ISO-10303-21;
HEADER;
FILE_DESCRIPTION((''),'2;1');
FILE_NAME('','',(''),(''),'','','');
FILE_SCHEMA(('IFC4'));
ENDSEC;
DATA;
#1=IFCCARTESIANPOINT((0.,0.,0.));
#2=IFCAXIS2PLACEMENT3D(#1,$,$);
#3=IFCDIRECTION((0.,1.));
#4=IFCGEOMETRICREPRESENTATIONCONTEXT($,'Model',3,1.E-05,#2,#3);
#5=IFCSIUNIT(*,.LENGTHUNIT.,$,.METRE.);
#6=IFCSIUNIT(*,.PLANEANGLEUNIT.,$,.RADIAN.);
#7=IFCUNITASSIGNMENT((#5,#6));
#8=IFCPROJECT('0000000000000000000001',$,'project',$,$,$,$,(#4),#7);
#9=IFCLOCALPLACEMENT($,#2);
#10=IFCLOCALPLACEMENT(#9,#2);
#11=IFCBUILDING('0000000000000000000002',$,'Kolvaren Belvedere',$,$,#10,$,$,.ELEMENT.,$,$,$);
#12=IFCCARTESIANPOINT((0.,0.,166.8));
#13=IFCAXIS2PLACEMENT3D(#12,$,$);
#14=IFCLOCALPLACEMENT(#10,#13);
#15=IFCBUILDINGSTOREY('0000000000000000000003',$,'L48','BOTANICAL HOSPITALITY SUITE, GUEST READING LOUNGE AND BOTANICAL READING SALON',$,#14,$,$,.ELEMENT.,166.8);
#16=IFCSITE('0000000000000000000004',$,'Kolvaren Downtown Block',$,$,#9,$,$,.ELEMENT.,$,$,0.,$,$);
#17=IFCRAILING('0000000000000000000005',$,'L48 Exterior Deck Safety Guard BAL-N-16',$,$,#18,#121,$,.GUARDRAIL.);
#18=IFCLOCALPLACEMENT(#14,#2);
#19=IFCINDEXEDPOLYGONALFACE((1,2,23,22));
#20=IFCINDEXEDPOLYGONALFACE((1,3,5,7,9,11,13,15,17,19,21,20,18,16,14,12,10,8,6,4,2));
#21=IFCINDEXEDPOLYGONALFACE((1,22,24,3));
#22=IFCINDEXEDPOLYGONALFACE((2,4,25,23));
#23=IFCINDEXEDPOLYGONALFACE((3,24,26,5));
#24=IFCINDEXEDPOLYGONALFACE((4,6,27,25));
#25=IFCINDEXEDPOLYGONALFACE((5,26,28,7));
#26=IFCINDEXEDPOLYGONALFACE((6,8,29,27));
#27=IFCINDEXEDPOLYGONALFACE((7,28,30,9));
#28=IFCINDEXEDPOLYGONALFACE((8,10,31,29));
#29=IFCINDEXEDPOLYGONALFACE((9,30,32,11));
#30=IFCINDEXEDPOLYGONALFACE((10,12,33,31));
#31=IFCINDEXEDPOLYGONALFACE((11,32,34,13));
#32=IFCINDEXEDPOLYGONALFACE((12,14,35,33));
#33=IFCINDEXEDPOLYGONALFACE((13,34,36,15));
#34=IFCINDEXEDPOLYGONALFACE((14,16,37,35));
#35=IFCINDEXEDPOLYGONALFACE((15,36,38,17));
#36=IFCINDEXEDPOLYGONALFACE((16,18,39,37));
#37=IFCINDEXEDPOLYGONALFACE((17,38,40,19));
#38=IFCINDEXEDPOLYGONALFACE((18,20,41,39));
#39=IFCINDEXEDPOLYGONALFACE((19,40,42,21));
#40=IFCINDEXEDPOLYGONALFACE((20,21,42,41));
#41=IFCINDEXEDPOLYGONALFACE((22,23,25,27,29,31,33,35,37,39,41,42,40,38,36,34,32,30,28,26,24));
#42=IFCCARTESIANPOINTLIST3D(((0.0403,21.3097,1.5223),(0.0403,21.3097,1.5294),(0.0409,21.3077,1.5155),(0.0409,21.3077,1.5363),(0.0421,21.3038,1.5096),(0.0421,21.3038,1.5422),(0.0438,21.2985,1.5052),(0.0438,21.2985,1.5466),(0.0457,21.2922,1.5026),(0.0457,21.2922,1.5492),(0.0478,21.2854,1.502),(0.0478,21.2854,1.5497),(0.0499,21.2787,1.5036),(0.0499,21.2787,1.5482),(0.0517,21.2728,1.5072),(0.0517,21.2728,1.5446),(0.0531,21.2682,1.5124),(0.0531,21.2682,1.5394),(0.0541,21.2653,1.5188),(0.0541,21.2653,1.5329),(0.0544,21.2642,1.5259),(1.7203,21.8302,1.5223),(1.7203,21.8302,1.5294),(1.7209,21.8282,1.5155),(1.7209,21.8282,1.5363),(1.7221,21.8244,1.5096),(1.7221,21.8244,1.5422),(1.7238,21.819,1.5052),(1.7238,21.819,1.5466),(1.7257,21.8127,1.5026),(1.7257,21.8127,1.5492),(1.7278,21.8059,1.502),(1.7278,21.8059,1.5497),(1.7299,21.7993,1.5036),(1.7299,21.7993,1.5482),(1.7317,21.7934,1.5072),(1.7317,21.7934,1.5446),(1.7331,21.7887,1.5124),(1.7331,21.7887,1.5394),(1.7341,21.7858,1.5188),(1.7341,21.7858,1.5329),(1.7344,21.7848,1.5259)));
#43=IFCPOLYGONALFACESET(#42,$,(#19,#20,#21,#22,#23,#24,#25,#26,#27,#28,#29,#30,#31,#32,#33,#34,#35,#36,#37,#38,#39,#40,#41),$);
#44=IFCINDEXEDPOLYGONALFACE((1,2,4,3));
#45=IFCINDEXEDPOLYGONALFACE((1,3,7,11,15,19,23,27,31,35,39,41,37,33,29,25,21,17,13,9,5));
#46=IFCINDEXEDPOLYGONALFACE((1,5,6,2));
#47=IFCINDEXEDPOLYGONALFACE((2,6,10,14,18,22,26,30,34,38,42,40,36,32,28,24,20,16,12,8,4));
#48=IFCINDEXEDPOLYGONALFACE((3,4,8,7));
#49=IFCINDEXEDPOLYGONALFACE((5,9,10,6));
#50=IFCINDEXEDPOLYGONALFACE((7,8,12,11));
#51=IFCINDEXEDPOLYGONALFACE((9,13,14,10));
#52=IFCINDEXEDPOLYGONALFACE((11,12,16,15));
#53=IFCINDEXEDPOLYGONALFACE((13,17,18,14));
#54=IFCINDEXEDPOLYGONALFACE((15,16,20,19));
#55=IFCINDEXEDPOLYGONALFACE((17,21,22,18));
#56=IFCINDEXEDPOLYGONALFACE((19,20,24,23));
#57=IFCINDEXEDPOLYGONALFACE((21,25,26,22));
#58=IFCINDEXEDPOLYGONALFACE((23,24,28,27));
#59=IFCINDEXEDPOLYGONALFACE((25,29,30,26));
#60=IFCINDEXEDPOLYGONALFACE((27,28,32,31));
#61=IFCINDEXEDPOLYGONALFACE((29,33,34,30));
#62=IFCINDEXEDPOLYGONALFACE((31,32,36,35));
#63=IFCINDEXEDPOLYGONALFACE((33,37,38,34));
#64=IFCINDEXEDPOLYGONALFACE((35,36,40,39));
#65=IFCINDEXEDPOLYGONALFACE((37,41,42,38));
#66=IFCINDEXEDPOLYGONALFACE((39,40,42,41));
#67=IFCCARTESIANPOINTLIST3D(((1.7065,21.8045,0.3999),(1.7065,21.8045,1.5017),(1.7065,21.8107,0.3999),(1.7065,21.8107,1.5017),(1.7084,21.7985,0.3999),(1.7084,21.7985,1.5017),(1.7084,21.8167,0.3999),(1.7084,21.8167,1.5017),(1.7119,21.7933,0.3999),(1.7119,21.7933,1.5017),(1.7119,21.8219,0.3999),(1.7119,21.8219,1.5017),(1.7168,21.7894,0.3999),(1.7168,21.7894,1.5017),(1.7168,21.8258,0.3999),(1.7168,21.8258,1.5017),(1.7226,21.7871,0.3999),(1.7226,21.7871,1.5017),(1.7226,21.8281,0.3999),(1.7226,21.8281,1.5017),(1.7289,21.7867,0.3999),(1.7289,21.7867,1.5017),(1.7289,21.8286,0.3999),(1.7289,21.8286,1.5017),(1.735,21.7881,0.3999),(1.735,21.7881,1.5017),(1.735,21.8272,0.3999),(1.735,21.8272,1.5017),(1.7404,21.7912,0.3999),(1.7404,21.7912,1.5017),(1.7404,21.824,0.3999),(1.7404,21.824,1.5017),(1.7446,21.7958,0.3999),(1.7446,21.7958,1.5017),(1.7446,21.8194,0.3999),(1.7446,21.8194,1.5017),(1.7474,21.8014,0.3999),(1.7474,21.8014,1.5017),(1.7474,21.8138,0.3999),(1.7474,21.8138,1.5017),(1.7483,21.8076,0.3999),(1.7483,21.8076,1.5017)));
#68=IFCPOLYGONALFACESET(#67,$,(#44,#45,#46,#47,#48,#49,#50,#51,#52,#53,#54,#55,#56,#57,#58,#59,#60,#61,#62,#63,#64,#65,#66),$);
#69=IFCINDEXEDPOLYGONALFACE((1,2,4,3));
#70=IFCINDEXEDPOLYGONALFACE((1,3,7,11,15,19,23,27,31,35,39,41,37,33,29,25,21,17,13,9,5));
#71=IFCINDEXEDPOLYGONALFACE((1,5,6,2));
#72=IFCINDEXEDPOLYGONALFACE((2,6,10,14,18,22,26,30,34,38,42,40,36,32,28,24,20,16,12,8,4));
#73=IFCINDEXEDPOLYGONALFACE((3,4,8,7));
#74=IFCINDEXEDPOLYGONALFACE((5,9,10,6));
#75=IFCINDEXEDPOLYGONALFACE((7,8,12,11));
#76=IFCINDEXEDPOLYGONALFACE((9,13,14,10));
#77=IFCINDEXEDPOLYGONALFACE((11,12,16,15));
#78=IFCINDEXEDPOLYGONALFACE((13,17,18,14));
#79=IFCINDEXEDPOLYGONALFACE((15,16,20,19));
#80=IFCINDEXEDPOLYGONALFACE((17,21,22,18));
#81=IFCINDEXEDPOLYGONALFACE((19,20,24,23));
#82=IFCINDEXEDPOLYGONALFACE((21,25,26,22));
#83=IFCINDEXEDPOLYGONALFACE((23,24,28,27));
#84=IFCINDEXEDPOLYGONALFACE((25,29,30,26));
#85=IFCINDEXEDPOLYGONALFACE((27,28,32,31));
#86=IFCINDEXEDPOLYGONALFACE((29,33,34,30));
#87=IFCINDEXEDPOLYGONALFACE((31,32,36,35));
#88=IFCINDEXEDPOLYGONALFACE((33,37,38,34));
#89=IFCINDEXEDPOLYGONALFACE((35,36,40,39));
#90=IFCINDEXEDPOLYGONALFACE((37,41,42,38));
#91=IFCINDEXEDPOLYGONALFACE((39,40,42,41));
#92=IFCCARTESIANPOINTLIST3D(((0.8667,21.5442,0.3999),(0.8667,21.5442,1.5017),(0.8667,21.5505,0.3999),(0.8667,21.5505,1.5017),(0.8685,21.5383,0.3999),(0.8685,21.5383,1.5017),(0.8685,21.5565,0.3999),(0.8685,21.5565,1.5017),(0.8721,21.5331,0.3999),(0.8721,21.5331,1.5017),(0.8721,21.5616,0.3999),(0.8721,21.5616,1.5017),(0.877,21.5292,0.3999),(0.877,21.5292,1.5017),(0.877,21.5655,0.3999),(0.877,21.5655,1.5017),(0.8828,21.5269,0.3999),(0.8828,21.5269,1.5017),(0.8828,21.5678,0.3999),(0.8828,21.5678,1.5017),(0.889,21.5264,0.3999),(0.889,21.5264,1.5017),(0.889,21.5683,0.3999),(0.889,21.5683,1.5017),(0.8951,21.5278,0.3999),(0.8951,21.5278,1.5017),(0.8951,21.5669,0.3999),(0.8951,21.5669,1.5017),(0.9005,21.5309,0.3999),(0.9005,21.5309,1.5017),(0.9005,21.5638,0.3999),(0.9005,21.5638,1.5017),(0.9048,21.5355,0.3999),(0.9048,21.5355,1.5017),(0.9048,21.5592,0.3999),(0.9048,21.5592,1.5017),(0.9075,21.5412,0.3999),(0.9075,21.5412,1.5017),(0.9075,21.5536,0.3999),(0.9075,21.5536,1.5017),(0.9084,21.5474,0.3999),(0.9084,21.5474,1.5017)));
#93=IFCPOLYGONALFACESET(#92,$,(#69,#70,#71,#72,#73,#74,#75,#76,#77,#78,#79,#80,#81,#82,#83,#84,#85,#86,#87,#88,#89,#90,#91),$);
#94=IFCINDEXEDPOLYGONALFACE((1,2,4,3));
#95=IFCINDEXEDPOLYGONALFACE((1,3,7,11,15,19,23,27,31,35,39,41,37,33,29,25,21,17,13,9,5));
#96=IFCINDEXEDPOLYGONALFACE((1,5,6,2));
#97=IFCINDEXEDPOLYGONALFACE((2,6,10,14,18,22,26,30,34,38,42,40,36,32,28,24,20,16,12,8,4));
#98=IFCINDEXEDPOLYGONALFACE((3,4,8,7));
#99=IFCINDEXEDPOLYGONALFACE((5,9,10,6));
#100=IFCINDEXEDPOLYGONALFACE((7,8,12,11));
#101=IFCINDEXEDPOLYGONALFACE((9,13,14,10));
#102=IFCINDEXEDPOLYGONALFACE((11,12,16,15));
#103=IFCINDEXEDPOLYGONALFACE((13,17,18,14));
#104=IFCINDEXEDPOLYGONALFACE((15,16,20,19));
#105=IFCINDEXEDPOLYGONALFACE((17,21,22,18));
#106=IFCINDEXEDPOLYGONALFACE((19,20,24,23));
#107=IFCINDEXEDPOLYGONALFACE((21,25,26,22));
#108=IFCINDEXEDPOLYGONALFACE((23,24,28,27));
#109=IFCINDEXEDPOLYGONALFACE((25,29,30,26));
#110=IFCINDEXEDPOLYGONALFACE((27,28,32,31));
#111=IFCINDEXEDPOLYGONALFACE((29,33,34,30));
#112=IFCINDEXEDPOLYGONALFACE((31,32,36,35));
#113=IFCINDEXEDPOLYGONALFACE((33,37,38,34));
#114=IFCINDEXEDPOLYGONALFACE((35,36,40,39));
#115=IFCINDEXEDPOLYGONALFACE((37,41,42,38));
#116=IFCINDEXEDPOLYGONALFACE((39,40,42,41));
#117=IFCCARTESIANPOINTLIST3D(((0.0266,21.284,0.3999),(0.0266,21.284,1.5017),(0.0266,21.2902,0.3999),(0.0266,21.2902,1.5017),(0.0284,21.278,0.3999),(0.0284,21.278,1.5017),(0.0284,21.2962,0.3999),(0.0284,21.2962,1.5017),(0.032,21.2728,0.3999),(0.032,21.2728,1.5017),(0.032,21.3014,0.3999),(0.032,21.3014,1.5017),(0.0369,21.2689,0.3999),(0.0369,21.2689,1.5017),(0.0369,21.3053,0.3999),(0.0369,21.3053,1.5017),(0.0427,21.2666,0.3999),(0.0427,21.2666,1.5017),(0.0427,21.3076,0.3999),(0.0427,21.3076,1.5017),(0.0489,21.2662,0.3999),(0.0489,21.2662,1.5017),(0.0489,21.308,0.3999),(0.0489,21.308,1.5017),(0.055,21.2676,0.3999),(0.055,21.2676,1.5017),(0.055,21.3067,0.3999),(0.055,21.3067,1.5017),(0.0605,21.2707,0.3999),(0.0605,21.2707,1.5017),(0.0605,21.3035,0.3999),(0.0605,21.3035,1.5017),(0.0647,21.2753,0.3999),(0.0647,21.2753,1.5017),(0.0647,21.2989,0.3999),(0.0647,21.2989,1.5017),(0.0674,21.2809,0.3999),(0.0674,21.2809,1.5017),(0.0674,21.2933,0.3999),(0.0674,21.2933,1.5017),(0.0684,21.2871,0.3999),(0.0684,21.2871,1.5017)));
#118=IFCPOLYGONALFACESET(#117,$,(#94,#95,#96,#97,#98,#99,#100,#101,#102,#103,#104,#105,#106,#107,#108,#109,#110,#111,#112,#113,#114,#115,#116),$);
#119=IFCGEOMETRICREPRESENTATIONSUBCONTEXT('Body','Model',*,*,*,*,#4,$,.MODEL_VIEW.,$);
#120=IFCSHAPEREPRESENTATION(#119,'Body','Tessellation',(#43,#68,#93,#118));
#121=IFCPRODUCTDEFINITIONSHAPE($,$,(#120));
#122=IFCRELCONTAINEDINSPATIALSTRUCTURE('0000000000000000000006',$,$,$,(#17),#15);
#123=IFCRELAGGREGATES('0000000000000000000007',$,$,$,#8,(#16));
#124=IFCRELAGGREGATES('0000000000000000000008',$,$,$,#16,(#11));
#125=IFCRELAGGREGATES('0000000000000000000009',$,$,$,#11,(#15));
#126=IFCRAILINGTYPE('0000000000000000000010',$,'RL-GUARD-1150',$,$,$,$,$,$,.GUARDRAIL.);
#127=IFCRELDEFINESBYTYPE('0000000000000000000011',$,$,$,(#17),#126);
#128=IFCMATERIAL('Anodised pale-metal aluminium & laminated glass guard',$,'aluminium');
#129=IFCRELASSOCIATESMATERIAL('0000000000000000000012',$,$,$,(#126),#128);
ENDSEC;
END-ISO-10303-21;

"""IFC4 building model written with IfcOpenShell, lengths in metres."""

from ifc_helpers import new_model, si_unit, direction, frame, origin, origin_2d, place, context, subcontext, project, spatial, circle, extrude, material, type_object, element, save


model = new_model("IFC4")

# Units and contexts
model_context = context("Model", 3, precision=1e-05, world=origin(), true_north=direction((0.0, 1.0)))
body_context = subcontext(model_context, "Body", "Model", "MODEL_VIEW")
ifc_project = project(units=[si_unit("LENGTHUNIT", "METRE"), si_unit("PLANEANGLEUNIT", "RADIAN")], contexts=[model_context])

# Site, building, storey
site_placement = place(None, origin())
site = spatial("IfcSite", under=ifc_project, at=site_placement, Name="Kolvaren Downtown Block", CompositionType="ELEMENT", RefElevation=0.0)
building_placement = place(site_placement, origin())
building = spatial("IfcBuilding", under=site, at=building_placement, Name="Kolvaren Belvedere", CompositionType="ELEMENT")
storey_placement = place(building_placement, frame((0.0, 0.0, 166.8)))
storey = spatial("IfcBuildingStorey", under=building, at=storey_placement, Name="L48", Description="BOTANICAL HOSPITALITY SUITE, GUEST READING LOUNGE AND BOTANICAL READING SALON", CompositionType="ELEMENT", Elevation=166.8)

# Railing
ifc_material_1 = material(Name="Anodised pale-metal aluminium & laminated glass guard", Category="aluminium")
railing_type = type_object("IfcRailingType", Name="RL-GUARD-1150", PredefinedType="GUARDRAIL", material=ifc_material_1)
railing_1_placement = place(storey_placement, frame((1.7273, 21.8076, 0.3999)))
element("IfcRailing", 1, at=railing_1_placement, inside=storey, type_object=railing_type, Name="L48 Exterior Deck Safety Guard BAL-N-16", PredefinedType="GUARDRAIL", context=body_context, shape_type="SweptSolid", body=[
    extrude(circle(Radius=0.0239, at=origin_2d()), frame((0.0, 0.0, 1.126), z_axis=(-0.955201, -0.295958, 0.0), x_axis=(0.295958, -0.955201, 0.0)), (0.0, 0.0, 1.0), 1.7588),
    extrude(circle(Radius=0.021, at=origin_2d()), origin(), (0.0, 0.0, 1.0), 1.1018),
    extrude(circle(Radius=0.021, at=origin_2d()), frame((-0.8398, -0.2603, 0.0)), (0.0, 0.0, 1.0), 1.1018),
    extrude(circle(Radius=0.021, at=origin_2d()), frame((-1.6799, -0.5205, 0.0)), (0.0, 0.0, 1.0), 1.1018),
])

save(model, "model.ifc")
